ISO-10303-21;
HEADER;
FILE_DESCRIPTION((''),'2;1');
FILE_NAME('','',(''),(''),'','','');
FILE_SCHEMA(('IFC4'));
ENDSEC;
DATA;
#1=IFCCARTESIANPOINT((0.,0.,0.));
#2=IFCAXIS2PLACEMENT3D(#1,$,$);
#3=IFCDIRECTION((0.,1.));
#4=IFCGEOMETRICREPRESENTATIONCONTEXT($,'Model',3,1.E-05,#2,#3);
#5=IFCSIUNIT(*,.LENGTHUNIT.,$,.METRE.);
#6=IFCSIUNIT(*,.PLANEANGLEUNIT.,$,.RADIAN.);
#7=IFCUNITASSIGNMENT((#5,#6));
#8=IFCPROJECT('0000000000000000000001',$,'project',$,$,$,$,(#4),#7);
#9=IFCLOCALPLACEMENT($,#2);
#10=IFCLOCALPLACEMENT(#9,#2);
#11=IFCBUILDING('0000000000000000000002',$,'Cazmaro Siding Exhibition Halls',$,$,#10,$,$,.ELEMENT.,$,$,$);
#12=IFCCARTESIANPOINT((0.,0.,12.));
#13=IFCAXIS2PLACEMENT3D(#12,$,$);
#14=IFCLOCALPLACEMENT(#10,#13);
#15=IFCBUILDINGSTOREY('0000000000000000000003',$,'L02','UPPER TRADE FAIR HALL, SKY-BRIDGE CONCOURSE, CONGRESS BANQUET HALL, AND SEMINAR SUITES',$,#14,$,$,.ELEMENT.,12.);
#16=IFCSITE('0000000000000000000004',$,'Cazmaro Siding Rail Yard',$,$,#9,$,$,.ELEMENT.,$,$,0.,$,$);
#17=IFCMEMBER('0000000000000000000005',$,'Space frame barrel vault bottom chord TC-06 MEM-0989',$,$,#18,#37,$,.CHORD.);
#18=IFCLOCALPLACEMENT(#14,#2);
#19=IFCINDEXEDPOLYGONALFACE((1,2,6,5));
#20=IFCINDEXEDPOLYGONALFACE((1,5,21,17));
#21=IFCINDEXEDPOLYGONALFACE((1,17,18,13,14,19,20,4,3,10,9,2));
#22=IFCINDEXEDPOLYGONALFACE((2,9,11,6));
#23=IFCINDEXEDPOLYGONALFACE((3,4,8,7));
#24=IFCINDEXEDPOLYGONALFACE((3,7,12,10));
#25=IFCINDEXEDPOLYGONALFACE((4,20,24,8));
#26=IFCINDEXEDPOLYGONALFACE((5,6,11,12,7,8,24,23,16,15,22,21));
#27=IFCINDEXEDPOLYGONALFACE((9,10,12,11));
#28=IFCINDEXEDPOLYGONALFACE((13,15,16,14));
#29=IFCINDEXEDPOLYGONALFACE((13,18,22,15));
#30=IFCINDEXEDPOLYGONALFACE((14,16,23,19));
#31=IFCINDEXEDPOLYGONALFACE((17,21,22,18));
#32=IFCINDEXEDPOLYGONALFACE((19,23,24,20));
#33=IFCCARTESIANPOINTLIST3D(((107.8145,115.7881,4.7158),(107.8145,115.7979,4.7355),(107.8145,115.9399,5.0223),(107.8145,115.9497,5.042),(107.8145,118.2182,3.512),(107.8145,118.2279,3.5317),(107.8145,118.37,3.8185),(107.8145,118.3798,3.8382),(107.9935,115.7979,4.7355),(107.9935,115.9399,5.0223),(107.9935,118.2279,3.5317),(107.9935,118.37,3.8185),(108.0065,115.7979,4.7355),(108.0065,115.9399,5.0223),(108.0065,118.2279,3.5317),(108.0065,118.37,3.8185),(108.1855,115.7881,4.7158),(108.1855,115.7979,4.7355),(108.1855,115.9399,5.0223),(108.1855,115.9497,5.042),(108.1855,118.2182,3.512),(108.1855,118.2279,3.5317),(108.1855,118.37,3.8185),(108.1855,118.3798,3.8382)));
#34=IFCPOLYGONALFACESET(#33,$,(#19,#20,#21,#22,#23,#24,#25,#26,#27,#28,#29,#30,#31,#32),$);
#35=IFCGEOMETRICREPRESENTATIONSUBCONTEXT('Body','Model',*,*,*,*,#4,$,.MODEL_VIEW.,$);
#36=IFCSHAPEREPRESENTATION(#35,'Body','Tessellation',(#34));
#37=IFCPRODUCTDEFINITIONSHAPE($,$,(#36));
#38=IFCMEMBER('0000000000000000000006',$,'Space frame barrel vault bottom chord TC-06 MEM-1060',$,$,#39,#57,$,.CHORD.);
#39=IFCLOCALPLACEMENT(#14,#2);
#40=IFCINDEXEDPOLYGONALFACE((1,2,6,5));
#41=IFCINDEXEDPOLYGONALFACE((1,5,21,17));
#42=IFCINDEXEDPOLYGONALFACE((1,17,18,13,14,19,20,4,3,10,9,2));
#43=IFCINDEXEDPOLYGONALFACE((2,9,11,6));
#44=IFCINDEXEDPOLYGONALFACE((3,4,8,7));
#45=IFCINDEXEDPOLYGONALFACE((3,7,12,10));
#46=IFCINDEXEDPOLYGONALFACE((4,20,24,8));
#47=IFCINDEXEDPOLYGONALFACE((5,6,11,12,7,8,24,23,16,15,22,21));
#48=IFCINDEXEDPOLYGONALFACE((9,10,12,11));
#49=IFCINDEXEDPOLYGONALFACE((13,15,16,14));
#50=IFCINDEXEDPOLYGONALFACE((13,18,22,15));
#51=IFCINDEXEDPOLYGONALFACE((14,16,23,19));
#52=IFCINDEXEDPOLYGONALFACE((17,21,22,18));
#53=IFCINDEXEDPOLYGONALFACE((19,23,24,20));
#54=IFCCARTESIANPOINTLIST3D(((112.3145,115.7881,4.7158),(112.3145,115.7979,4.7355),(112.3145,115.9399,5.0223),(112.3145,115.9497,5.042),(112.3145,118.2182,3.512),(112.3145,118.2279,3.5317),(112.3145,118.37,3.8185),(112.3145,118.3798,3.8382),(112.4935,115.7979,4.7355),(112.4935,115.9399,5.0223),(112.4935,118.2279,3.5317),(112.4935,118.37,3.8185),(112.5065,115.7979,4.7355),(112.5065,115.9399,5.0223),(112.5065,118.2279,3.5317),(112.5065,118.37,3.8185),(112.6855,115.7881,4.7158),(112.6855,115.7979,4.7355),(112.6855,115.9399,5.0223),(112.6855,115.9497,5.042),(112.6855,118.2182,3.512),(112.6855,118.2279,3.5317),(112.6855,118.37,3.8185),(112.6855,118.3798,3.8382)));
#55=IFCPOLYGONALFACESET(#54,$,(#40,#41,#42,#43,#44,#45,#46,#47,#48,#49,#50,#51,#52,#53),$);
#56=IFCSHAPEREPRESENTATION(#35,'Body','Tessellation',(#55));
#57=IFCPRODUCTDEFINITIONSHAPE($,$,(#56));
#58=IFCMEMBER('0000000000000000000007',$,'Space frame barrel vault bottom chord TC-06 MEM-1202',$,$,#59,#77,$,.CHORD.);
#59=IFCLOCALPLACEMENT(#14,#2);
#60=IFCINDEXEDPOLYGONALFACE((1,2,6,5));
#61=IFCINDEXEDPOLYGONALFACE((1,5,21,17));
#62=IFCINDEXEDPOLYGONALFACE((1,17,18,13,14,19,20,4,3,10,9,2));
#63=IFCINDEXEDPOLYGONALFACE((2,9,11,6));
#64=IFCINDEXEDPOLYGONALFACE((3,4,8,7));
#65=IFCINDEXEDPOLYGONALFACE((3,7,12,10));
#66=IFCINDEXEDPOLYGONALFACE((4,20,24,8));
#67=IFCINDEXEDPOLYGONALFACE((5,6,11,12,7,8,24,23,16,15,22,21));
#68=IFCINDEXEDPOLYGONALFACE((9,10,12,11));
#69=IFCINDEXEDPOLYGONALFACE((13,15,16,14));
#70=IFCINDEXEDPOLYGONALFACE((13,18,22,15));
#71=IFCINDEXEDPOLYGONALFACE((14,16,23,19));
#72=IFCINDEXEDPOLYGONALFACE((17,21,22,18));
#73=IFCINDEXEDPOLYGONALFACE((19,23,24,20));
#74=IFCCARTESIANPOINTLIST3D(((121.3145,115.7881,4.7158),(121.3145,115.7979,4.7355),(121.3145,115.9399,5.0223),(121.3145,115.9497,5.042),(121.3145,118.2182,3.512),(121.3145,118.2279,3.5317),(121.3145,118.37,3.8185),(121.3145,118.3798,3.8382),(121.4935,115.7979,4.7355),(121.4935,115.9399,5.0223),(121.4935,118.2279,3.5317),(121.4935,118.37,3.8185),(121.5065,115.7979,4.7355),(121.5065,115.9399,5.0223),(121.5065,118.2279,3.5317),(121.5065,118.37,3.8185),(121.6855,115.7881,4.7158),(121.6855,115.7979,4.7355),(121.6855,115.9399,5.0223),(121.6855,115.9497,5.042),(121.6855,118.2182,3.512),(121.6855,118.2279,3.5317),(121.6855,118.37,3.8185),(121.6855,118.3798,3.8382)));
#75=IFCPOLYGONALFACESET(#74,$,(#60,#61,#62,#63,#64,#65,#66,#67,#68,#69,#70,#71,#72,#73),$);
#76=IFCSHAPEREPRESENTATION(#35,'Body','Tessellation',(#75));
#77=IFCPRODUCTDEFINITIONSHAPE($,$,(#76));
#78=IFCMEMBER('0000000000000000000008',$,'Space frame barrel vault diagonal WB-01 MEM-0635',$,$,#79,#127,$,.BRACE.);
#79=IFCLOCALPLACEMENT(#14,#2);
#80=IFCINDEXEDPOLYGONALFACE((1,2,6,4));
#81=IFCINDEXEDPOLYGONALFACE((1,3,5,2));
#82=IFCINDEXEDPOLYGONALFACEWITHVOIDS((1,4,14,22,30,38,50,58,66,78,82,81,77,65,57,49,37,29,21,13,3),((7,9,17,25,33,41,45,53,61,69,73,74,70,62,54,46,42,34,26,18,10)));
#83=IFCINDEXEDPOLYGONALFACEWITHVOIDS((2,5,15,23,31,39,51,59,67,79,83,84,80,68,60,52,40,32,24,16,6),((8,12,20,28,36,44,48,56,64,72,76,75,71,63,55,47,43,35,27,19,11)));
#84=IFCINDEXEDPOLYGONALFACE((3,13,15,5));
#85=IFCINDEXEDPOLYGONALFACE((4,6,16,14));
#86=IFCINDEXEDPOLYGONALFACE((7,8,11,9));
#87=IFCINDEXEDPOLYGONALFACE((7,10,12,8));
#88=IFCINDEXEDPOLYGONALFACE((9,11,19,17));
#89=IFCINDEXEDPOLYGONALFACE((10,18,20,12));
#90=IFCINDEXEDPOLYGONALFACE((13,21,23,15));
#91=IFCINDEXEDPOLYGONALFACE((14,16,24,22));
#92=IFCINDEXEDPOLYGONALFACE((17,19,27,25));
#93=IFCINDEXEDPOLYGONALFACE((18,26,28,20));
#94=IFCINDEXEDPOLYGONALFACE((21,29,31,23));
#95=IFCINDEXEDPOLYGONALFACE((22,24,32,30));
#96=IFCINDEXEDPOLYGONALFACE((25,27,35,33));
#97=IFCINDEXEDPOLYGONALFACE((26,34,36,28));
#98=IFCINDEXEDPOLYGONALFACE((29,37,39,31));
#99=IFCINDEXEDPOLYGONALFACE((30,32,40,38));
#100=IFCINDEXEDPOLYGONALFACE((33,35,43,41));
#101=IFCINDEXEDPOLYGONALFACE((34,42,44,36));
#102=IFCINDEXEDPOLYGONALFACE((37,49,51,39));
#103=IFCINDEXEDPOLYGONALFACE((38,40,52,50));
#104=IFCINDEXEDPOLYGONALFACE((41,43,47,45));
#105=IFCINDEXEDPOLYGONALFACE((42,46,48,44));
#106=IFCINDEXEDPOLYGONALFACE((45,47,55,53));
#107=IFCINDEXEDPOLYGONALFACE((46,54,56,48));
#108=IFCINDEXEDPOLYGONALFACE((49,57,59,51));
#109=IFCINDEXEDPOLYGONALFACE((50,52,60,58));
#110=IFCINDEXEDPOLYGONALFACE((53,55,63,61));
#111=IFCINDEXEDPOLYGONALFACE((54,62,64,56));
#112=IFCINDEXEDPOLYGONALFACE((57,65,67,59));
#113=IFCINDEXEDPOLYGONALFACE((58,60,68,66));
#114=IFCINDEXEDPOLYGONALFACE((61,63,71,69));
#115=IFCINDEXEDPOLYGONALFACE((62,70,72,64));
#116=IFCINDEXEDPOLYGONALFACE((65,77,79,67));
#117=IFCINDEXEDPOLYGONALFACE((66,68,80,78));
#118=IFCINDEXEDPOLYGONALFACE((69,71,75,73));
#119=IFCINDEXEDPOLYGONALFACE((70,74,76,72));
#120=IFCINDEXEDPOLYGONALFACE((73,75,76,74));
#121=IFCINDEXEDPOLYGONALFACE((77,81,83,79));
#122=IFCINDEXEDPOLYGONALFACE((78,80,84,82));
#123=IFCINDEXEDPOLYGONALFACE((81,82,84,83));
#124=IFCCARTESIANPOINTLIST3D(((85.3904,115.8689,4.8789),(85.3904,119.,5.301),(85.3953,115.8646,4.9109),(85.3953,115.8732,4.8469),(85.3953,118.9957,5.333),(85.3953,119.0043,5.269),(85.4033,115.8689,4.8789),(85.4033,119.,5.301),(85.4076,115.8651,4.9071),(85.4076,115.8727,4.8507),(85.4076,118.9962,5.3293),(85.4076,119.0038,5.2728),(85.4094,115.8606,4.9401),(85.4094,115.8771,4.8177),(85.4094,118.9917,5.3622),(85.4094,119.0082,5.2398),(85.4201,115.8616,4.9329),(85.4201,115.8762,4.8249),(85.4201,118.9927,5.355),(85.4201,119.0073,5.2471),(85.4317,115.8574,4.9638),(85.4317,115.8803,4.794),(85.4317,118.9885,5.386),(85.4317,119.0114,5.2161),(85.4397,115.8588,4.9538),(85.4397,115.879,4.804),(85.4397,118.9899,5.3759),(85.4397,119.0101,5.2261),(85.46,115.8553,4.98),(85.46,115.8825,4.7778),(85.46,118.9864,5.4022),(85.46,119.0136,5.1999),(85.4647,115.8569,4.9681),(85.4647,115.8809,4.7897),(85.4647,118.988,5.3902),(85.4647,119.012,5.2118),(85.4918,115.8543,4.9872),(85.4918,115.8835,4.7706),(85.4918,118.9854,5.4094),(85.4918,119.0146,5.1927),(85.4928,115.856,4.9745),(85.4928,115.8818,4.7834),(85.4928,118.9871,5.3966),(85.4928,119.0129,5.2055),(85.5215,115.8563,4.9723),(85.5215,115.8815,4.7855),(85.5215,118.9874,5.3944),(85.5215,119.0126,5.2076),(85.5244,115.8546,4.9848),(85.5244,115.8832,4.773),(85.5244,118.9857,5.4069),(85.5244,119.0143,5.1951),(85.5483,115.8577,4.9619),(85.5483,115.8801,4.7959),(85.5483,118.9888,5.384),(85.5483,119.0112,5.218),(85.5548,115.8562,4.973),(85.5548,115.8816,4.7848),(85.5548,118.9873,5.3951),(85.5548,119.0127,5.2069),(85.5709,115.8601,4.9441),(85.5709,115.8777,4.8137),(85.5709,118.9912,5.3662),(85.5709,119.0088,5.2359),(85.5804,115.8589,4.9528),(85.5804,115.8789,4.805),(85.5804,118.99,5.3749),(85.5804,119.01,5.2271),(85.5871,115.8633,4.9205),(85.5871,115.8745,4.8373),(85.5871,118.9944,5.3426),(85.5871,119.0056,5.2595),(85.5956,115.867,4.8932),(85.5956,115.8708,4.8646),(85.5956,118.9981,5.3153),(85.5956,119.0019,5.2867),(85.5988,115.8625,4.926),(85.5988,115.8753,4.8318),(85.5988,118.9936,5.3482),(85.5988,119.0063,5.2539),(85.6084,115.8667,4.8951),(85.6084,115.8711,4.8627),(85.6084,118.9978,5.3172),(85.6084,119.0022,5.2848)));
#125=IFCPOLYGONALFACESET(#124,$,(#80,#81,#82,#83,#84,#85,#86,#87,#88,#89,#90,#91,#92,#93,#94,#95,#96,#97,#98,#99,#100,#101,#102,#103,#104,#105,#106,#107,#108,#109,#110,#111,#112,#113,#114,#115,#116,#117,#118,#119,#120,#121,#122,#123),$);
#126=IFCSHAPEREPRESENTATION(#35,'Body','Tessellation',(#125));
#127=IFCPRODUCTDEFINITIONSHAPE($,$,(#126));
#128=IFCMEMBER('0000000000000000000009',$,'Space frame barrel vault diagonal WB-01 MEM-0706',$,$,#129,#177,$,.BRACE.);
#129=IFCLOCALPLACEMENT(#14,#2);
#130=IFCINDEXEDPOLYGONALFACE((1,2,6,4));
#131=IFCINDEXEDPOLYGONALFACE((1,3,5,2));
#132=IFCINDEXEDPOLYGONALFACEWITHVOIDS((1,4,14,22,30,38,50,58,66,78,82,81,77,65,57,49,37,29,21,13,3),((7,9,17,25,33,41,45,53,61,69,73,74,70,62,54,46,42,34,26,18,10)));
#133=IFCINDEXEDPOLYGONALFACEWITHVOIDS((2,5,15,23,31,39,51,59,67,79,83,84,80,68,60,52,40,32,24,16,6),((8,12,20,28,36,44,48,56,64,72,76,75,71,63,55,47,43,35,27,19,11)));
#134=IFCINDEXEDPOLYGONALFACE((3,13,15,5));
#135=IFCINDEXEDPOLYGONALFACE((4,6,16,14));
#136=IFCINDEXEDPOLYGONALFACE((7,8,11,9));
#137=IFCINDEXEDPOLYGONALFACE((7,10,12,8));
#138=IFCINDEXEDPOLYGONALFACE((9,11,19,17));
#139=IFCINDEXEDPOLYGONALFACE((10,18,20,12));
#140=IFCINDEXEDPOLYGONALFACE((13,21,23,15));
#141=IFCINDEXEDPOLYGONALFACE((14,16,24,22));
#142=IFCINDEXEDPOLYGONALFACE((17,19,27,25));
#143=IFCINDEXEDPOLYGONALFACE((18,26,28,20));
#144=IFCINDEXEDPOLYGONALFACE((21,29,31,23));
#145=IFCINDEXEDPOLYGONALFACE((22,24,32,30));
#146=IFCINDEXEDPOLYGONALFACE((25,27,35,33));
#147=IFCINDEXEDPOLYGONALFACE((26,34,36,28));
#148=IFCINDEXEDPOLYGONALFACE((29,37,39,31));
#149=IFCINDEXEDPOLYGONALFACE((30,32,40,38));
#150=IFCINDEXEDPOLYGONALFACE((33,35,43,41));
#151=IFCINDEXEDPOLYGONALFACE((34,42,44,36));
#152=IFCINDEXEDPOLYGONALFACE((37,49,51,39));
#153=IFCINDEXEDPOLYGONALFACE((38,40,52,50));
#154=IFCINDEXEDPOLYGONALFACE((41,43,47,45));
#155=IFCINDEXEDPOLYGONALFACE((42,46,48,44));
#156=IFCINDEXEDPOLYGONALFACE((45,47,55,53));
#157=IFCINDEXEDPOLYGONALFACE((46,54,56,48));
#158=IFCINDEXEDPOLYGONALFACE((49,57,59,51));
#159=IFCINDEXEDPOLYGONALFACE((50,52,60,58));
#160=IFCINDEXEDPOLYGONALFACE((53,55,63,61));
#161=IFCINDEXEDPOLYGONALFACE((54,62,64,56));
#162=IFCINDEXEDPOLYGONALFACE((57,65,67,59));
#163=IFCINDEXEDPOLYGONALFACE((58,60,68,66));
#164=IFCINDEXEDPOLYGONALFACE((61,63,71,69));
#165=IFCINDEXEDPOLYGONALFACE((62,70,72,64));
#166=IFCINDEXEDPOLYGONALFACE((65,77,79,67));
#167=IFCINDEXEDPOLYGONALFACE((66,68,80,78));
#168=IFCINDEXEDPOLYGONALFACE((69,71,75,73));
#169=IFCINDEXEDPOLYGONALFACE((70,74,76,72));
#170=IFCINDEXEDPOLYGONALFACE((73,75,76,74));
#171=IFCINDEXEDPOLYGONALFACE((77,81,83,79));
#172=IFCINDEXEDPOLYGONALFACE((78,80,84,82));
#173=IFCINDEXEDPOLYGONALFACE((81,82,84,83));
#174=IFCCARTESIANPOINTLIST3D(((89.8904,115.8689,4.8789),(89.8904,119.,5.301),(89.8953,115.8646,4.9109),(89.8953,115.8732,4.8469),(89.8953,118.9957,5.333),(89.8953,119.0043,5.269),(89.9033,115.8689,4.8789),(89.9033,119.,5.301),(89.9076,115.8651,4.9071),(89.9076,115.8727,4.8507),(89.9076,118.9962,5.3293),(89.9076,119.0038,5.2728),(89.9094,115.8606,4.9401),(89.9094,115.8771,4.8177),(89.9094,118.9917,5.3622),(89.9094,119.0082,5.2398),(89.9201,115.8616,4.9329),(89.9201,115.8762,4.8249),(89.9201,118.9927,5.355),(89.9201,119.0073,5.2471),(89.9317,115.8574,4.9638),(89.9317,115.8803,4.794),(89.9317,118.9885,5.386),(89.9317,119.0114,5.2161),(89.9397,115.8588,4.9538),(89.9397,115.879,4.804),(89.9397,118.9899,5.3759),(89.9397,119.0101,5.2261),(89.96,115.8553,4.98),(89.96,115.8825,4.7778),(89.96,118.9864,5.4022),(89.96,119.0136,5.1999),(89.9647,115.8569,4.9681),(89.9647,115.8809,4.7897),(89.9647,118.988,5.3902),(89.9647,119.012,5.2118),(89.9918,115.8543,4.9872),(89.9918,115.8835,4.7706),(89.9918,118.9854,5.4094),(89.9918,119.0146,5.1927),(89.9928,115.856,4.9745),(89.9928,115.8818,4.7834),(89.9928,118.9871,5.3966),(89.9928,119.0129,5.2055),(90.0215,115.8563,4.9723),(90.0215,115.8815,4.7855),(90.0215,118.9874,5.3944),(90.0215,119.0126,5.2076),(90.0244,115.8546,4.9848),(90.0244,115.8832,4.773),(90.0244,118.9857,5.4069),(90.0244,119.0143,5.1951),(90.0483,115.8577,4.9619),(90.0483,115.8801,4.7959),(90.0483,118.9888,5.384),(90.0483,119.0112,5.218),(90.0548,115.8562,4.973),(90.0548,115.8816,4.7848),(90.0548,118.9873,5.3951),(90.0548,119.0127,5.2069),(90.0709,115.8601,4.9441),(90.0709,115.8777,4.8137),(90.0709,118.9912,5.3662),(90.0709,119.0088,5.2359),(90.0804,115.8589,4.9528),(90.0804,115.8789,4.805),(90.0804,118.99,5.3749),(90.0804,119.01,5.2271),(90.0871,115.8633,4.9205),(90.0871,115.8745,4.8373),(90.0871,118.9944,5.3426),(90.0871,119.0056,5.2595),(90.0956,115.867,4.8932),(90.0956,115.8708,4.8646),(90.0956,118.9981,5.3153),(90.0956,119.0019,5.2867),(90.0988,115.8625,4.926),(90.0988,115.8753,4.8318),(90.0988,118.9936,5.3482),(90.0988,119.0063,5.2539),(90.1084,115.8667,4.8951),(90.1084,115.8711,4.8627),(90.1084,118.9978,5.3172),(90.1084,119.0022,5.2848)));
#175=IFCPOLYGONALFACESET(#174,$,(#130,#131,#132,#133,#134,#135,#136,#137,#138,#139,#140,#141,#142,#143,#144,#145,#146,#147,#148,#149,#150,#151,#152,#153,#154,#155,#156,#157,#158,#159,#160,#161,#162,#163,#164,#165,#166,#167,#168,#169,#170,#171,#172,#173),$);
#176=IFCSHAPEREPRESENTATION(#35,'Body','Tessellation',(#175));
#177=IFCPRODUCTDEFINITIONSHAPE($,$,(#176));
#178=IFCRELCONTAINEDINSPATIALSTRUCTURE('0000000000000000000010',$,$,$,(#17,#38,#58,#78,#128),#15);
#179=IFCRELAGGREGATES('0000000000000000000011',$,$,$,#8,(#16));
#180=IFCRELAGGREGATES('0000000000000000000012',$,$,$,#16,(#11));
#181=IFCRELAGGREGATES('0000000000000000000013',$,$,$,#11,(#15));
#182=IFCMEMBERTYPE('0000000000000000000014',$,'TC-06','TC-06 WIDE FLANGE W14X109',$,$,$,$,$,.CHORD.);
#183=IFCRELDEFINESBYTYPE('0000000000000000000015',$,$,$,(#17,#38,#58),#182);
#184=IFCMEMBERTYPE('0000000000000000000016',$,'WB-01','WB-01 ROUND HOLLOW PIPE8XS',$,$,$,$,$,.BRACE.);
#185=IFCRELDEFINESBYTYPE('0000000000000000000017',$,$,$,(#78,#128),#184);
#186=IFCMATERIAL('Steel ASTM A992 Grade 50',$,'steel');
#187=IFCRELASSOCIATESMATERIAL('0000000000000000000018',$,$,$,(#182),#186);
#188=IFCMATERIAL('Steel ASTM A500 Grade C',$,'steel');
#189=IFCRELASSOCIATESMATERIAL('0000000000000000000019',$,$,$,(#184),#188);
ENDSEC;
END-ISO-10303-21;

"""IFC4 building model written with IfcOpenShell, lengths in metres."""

from ifc_helpers import new_model, si_unit, direction, frame, origin, origin_2d, place, context, subcontext, project, spatial, hollow_circle, i_section, extrude, material, material_profile, profile_set, type_object, element, save


model = new_model("IFC4")

# Units and contexts
model_context = context("Model", 3, precision=1e-05, world=origin(), true_north=direction((0.0, 1.0)))
body_context = subcontext(model_context, "Body", "Model", "MODEL_VIEW")
ifc_project = project(units=[si_unit("LENGTHUNIT", "METRE"), si_unit("PLANEANGLEUNIT", "RADIAN")], contexts=[model_context])

# Site, building, storey
site_placement = place(None, origin())
site = spatial("IfcSite", under=ifc_project, at=site_placement, Name="Cazmaro Siding Rail Yard", CompositionType="ELEMENT", RefElevation=0.0)
building_placement = place(site_placement, origin())
building = spatial("IfcBuilding", under=site, at=building_placement, Name="Cazmaro Siding Exhibition Halls", CompositionType="ELEMENT")
storey_placement = place(building_placement, frame((0.0, 0.0, 12.0)))
storey = spatial("IfcBuildingStorey", under=building, at=storey_placement, Name="L02", Description="UPPER TRADE FAIR HALL, SKY-BRIDGE CONCOURSE, CONGRESS BANQUET HALL, AND SEMINAR SUITES", CompositionType="ELEMENT", Elevation=12.0)

# Members
ifc_material_1 = material(Name="Steel ASTM A992 Grade 50", Category="steel")
ifc_material_profile_1 = material_profile(ifc_material_1, i_section(OverallWidth=0.3711, OverallDepth=0.364, WebThickness=0.0129, FlangeThickness=0.022, at=origin_2d()), Name="W14X109")
ifc_profile_set_1 = profile_set([ifc_material_profile_1], Name="Steel ASTM A992 Grade 50")
member_type_1 = type_object("IfcMemberType", Name="TC-06", Description="TC-06 WIDE FLANGE W14X109", PredefinedType="CHORD", material=ifc_profile_set_1)
for number, where, z_axis, x_axis, name in (
    (1, (108.0, 115.8689, 4.8789), (0.0, 0.896077, -0.443898), (-1.0, 0.0, 0.0), "Space frame barrel vault bottom chord TC-06 MEM-0989"),
    (2, (112.5, 115.8689, 4.8789), (0.0, 0.896077, -0.443898), (-1.0, 0.0, 0.0), "Space frame barrel vault bottom chord TC-06 MEM-1060"),
    (3, (121.5, 115.8689, 4.8789), (0.0, 0.896077, -0.443898), (-1.0, 0.0, 0.0), "Space frame barrel vault bottom chord TC-06 MEM-1202"),
):
    element("IfcMember", number, at=place(storey_placement, frame(where, z_axis=z_axis, x_axis=x_axis)), inside=storey, type_object=member_type_1, Name=name, PredefinedType="CHORD", context=body_context, shape_type="SweptSolid", body=[
        extrude(i_section(OverallWidth=0.3711, OverallDepth=0.364, WebThickness=0.0129, FlangeThickness=0.022, at=origin_2d()), origin(), (0.0, 0.0, 1.0), 2.7119),
    ])
ifc_material_2 = material(Name="Steel ASTM A500 Grade C", Category="steel")
ifc_material_profile_2 = material_profile(ifc_material_2, hollow_circle(Radius=0.1096, WallThickness=0.0129, at=origin_2d()), Name="PIPE8XS")
ifc_profile_set_2 = profile_set([ifc_material_profile_2], Name="Steel ASTM A500 Grade C")
member_type_2 = type_object("IfcMemberType", Name="WB-01", Description="WB-01 ROUND HOLLOW PIPE8XS", PredefinedType="BRACE", material=ifc_profile_set_2)
for number, where, z_axis, x_axis, name in (
    (4, (85.5, 115.8689, 4.8789), (0.0, 0.991035, 0.133606), (-1.0, 0.0, 0.0), "Space frame barrel vault diagonal WB-01 MEM-0635"),
    (5, (90.0, 115.8689, 4.8789), (0.0, 0.991035, 0.133606), (-1.0, 0.0, 0.0), "Space frame barrel vault diagonal WB-01 MEM-0706"),
):
    element("IfcMember", number, at=place(storey_placement, frame(where, z_axis=z_axis, x_axis=x_axis)), inside=storey, type_object=member_type_2, Name=name, PredefinedType="BRACE", context=body_context, shape_type="SweptSolid", body=[
        extrude(hollow_circle(Radius=0.1096, WallThickness=0.0129, at=origin_2d()), origin(), (0.0, 0.0, 1.0), 3.1594),
    ])

save(model, "model.ifc")
